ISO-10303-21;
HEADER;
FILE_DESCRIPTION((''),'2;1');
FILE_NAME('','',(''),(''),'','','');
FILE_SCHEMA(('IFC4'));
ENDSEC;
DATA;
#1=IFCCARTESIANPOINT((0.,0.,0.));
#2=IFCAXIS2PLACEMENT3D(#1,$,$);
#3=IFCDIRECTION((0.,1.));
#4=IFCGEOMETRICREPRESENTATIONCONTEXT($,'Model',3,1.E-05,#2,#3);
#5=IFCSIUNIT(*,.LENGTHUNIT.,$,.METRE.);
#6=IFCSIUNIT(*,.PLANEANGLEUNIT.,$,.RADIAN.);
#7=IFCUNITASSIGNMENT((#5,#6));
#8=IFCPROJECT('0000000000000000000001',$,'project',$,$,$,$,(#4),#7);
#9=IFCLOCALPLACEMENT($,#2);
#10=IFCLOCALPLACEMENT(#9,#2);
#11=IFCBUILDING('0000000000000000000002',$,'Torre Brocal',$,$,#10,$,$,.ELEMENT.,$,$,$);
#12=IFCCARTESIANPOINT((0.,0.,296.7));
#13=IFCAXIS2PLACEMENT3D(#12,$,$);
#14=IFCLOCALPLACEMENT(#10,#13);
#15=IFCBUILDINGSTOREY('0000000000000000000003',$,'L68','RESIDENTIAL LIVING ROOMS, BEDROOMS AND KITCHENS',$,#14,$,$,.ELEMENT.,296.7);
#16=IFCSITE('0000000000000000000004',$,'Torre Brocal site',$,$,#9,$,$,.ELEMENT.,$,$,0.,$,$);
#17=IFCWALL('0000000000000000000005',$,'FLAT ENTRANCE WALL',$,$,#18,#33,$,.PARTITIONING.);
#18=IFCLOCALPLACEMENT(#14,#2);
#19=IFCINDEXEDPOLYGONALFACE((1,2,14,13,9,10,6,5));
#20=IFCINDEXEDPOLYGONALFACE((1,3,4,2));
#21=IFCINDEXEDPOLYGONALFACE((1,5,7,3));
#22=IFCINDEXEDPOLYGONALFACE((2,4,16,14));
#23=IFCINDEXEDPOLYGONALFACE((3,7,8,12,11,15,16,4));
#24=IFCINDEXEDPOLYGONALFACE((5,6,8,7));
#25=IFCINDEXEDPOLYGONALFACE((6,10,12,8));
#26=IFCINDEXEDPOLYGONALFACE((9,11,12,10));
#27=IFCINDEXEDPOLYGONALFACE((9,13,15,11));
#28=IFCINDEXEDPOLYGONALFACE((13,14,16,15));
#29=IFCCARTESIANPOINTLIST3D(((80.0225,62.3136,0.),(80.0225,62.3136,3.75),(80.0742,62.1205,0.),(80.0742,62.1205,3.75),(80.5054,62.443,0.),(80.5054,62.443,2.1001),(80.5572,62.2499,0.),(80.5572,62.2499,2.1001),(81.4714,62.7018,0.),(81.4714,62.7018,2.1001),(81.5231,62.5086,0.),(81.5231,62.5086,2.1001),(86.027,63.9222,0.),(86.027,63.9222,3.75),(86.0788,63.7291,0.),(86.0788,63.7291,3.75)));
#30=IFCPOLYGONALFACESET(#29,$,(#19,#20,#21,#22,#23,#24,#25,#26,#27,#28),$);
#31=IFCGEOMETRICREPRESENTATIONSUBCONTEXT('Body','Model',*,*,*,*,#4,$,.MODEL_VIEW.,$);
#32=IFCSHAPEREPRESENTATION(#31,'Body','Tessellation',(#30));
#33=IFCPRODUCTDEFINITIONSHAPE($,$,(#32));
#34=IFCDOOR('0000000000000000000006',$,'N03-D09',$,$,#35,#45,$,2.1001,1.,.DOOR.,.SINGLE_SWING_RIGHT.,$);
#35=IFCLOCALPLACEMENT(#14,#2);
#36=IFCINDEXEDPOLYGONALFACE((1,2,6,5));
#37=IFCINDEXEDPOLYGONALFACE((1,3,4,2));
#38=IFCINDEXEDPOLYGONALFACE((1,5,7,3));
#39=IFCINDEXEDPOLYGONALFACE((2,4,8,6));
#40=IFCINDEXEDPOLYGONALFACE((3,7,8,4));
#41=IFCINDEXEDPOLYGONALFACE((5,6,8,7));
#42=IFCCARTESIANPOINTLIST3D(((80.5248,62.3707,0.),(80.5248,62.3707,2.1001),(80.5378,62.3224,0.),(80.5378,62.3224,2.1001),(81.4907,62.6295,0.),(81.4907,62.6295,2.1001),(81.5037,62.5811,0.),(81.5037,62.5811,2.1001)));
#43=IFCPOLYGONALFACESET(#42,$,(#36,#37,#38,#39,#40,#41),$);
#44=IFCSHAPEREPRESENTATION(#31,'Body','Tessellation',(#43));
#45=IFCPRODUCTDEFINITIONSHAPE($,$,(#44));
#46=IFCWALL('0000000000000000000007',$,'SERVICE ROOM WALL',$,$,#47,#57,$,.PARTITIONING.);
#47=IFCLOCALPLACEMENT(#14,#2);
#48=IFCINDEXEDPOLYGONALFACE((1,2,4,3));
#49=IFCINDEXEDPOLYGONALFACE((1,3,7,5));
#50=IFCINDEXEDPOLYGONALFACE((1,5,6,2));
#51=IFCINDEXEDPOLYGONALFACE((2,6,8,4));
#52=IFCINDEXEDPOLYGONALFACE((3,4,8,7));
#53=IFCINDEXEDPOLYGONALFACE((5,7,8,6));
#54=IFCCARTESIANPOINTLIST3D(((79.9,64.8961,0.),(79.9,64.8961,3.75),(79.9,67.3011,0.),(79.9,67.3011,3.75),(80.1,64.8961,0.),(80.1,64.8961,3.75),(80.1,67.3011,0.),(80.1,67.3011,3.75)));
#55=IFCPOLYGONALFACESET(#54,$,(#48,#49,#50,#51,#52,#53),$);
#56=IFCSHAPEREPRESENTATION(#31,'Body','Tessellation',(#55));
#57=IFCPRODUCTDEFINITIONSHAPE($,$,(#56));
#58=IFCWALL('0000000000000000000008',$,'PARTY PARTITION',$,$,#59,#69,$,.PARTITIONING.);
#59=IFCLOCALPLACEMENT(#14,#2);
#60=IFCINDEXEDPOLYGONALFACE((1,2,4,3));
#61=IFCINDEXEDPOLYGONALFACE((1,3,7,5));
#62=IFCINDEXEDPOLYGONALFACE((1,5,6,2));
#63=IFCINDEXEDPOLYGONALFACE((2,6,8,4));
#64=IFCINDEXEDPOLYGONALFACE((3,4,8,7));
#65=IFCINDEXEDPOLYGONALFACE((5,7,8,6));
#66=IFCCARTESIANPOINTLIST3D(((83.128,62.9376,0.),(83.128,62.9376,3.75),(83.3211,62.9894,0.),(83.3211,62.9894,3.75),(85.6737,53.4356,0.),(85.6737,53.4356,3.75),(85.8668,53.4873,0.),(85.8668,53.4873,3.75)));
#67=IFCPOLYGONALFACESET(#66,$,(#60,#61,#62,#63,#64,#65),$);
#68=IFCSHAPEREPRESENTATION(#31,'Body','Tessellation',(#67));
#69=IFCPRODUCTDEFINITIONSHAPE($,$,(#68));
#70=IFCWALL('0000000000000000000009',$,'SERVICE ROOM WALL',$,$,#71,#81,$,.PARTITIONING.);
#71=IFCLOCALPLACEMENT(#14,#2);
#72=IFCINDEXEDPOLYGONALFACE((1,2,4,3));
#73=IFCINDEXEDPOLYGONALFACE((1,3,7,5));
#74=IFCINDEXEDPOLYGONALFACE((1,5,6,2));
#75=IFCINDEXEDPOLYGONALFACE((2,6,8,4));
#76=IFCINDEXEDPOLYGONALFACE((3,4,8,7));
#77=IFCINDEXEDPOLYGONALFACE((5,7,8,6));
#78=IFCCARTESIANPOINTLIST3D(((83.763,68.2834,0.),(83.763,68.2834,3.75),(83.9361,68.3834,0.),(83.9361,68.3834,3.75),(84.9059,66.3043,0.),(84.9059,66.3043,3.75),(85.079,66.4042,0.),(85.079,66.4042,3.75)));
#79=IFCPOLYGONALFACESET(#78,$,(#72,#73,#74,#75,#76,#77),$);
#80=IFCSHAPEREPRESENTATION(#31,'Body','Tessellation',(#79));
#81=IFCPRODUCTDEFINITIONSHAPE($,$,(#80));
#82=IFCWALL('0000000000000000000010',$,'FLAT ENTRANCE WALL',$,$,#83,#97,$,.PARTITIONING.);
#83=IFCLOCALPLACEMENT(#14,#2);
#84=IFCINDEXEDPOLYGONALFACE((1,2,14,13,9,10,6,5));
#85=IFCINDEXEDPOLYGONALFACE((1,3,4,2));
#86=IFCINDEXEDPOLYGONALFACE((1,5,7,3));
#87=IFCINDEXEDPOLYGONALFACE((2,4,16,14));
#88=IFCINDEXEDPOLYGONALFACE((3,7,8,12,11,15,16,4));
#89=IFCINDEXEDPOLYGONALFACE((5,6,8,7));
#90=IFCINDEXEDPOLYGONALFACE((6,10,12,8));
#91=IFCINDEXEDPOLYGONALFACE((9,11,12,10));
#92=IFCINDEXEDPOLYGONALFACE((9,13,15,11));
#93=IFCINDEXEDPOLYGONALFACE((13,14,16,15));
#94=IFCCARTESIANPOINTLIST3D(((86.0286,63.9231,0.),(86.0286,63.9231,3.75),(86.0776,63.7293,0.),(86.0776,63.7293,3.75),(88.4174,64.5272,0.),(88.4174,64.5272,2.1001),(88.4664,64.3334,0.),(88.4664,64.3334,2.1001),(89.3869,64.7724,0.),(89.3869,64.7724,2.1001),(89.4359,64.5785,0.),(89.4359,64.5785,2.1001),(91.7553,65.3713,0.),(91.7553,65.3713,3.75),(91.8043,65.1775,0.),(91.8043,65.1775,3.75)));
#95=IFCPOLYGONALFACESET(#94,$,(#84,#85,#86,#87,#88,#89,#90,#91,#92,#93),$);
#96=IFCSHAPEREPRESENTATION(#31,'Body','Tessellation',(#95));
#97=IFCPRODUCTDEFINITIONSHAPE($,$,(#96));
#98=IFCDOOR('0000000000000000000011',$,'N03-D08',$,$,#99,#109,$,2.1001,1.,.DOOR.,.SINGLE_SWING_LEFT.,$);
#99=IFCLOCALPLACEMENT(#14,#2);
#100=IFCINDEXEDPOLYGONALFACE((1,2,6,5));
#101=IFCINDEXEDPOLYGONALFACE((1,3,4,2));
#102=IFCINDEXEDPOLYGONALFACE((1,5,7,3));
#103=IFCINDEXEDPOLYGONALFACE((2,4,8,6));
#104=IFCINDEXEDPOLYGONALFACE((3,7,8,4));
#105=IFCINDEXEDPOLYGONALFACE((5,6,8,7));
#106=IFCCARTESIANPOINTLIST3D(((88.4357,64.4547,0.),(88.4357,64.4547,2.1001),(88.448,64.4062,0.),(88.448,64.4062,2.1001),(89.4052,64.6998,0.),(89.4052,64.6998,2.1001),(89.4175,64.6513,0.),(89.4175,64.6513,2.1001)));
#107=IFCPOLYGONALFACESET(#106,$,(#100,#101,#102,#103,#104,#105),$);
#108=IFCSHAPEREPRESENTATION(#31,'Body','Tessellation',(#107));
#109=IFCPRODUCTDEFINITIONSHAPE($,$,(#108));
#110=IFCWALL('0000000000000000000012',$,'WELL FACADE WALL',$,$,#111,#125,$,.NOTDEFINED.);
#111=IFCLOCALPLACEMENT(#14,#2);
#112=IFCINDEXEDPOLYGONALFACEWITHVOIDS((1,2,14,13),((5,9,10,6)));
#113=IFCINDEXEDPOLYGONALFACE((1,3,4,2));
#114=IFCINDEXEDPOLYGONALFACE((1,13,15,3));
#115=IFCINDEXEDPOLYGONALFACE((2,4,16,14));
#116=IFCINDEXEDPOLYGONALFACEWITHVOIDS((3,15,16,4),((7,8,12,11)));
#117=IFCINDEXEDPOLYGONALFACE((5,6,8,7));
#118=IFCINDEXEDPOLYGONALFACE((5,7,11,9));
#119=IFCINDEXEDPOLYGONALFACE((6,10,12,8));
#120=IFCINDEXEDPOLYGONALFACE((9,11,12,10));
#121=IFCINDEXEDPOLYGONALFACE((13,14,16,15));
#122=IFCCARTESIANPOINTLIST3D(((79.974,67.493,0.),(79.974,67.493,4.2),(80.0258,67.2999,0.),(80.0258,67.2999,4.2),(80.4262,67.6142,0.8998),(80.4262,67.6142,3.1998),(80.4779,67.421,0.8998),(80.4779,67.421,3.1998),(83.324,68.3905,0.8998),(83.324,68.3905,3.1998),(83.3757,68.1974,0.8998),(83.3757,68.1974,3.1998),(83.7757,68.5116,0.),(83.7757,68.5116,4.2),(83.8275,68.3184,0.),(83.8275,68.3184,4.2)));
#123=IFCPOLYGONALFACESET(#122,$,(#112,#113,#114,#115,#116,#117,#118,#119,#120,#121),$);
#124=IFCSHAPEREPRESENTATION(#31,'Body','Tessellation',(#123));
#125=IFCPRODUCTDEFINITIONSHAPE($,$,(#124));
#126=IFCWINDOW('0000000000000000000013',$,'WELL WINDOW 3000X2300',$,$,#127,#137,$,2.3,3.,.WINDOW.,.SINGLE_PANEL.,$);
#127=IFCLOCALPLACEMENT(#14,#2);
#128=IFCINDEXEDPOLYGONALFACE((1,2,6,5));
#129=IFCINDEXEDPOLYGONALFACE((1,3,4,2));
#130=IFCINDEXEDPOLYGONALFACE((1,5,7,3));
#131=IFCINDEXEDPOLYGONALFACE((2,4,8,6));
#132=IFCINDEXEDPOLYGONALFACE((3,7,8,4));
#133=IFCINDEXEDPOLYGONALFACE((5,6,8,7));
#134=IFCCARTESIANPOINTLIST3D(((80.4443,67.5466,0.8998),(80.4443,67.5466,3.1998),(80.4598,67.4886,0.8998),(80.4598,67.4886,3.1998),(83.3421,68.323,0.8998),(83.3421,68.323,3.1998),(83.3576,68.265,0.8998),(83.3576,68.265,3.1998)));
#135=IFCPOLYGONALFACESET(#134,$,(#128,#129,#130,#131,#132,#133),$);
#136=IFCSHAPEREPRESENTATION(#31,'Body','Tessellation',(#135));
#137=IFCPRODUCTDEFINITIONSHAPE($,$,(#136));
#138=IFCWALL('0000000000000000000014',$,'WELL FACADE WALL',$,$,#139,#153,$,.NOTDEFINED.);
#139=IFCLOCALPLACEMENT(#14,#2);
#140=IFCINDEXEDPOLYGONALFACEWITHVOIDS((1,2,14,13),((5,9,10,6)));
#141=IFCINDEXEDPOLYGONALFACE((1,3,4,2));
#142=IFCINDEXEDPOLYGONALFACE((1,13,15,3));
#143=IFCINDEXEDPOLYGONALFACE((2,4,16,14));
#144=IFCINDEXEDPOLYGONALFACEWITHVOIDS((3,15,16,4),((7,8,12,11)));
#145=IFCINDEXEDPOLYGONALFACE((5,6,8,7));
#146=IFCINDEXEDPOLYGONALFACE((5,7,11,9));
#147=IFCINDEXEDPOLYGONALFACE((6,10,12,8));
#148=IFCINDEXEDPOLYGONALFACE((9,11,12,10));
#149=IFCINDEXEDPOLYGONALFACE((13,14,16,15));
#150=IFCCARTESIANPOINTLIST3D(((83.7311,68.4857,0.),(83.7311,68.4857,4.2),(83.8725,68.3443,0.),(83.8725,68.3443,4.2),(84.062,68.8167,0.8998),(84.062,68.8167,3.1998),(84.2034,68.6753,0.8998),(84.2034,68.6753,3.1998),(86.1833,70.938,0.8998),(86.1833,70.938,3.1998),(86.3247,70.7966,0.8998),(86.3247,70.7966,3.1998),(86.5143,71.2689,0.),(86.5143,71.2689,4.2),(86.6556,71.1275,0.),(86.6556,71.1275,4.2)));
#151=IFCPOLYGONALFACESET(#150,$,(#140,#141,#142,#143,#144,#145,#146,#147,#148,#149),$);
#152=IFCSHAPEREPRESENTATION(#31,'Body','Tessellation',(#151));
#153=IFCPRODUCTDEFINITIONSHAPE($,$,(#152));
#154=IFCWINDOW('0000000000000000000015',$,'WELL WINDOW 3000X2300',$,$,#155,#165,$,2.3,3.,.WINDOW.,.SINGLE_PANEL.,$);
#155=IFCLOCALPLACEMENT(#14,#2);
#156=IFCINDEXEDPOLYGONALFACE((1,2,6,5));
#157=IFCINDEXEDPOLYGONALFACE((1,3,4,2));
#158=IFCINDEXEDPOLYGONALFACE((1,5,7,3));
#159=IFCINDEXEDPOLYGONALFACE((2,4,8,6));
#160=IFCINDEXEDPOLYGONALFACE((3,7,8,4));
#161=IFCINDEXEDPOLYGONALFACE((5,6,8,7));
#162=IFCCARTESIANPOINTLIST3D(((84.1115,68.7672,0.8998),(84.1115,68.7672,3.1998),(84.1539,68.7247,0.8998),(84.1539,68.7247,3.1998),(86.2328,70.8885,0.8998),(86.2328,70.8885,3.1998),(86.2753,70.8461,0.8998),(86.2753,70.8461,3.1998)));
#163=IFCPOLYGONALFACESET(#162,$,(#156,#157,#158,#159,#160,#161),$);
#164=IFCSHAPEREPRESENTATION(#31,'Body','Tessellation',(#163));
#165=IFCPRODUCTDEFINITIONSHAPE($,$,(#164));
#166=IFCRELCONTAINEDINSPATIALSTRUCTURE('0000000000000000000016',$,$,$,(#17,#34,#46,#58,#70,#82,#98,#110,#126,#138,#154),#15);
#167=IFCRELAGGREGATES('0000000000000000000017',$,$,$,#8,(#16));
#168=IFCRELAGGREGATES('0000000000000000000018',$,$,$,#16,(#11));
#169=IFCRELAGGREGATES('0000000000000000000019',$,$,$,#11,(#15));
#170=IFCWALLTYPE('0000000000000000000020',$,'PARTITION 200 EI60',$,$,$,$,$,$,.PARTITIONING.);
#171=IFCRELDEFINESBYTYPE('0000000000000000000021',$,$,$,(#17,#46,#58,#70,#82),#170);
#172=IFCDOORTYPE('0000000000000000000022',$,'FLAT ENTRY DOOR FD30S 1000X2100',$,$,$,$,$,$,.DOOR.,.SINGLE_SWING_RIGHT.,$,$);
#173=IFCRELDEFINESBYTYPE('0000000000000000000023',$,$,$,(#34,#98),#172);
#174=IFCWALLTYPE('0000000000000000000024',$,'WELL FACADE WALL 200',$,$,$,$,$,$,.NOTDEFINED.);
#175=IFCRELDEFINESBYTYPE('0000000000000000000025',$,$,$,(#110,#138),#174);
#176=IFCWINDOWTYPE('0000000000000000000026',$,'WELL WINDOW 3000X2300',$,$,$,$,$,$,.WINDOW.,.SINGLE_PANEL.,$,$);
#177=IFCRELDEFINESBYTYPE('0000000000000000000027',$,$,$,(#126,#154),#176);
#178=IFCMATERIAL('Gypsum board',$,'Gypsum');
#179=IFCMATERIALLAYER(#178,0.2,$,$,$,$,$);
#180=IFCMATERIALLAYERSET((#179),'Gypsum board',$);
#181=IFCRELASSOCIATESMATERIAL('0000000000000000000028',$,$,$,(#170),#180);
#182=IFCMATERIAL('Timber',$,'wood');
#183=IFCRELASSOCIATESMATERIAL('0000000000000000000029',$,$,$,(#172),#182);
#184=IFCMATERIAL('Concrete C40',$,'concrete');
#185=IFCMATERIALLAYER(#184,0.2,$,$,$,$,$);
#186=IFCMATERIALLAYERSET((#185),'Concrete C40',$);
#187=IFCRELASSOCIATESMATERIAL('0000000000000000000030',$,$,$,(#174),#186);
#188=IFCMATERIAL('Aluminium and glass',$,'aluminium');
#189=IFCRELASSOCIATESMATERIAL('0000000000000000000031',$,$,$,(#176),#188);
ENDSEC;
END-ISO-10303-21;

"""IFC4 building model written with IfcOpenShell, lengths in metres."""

from ifc_helpers import new_model, si_unit, direction, frame, frame_2d, origin, place, context, subcontext, project, spatial, rectangle, extrude, material, layer, layer_set, type_object, element, fill, save


model = new_model("IFC4")

# Units and contexts
model_context = context("Model", 3, precision=1e-05, world=origin(), true_north=direction((0.0, 1.0)))
body_context = subcontext(model_context, "Body", "Model", "MODEL_VIEW")
ifc_project = project(units=[si_unit("LENGTHUNIT", "METRE"), si_unit("PLANEANGLEUNIT", "RADIAN")], contexts=[model_context])

# Site, building, storey
site_placement = place(None, origin())
site = spatial("IfcSite", under=ifc_project, at=site_placement, Name="Torre Brocal site", CompositionType="ELEMENT", RefElevation=0.0)
building_placement = place(site_placement, origin())
building = spatial("IfcBuilding", under=site, at=building_placement, Name="Torre Brocal", CompositionType="ELEMENT")
storey_placement = place(building_placement, frame((0.0, 0.0, 296.7)))
storey = spatial("IfcBuildingStorey", under=building, at=storey_placement, Name="L68", Description="RESIDENTIAL LIVING ROOMS, BEDROOMS AND KITCHENS", CompositionType="ELEMENT", Elevation=296.7)

# Shared definitions
ifc_material_1 = material(Name="Gypsum board", Category="Gypsum")
ifc_layer_1 = layer(ifc_material_1, 0.2)
ifc_layer_set_1 = layer_set([ifc_layer_1], Name="Gypsum board")
wall_type_1 = type_object("IfcWallType", Name="PARTITION 200 EI60", PredefinedType="PARTITIONING", material=ifc_layer_set_1)

# Wall, opening, door
wall_1_placement = place(storey_placement, frame((80.0483, 62.217, 0.0), z_axis=(0.0, 0.0, 1.0), x_axis=(0.965938, 0.258775, 0.0)))
wall_1 = element("IfcWall", 1, at=wall_1_placement, inside=storey, type_object=wall_type_1, Name="FLAT ENTRANCE WALL", PredefinedType="PARTITIONING", context=body_context, shape_type="SweptSolid", body=[
    extrude(rectangle(XDim=6.2163, YDim=0.2, at=frame_2d((3.1082, 0.0))), origin(), (0.0, 0.0, 1.0), 3.75),
])
opening_1_placement = place(wall_1_placement, frame((0.5, 0.0, 0.0)))
opening_1 = element("IfcOpeningElement", 2, at=opening_1_placement, cuts=wall_1, PredefinedType="OPENING", context=body_context, shape_type="SweptSolid", body=[
    extrude(rectangle(XDim=1.0, YDim=2.1001, at=frame_2d((0.5, 1.05))), frame((0.0, 0.1099, 0.0), z_axis=(0.0, -1.0, 0.0), x_axis=(1.0, 0.0, 0.0)), (0.0, 0.0, 1.0), 0.22),
])
ifc_material_2 = material(Name="Timber", Category="wood")
door_type_1 = type_object("IfcDoorType", Name="FLAT ENTRY DOOR FD30S 1000X2100", OperationType="SINGLE_SWING_RIGHT", PredefinedType="DOOR", material=ifc_material_2)
door_1_placement = place(opening_1_placement, frame((1.0, 0.0, 0.0), z_axis=(0.0, 0.0, 1.0), x_axis=(-1.0, 0.0, 0.0)))
door_1 = element("IfcDoor", 3, at=door_1_placement, inside=storey, type_object=door_type_1, Name="N03-D09", OperationType="SINGLE_SWING_RIGHT", OverallHeight=2.1001, OverallWidth=1.0, PredefinedType="DOOR", context=body_context, shape_type="SweptSolid", body=[
    extrude(rectangle(XDim=1.0, YDim=2.1001, at=frame_2d((0.5, 1.05))), frame((0.0, 0.0249, 0.0), z_axis=(0.0, -1.0, 0.0), x_axis=(1.0, 0.0, 0.0)), (0.0, 0.0, 1.0), 0.05),
])
fill(opening_1, door_1)

# Walls
wall_2_placement = place(storey_placement, frame((80.0, 64.896, 0.0), z_axis=(0.0, 0.0, 1.0), x_axis=(0.0, 1.0, 0.0)))
element("IfcWall", 4, at=wall_2_placement, inside=storey, type_object=wall_type_1, Name="SERVICE ROOM WALL", PredefinedType="PARTITIONING", context=body_context, shape_type="SweptSolid", body=[
    extrude(rectangle(XDim=2.405, YDim=0.2, at=frame_2d((1.2026, 0.0))), origin(), (0.0, 0.0, 1.0), 3.75),
])
wall_3_placement = place(storey_placement, frame((83.2246, 62.9634, 0.0), z_axis=(0.0, 0.0, 1.0), x_axis=(0.258782, -0.965936, 0.0)))
element("IfcWall", 5, at=wall_3_placement, inside=storey, type_object=wall_type_1, Name="PARTY PARTITION", PredefinedType="PARTITIONING", context=body_context, shape_type="SweptSolid", body=[
    extrude(rectangle(XDim=9.8372, YDim=0.2, at=frame_2d((4.9185, 0.0))), origin(), (0.0, 0.0, 1.0), 3.75),
])
wall_4_placement = place(storey_placement, frame((83.8496, 68.3333, 0.0), z_axis=(0.0, 0.0, 1.0), x_axis=(0.50008, -0.865979, 0.0)))
element("IfcWall", 6, at=wall_4_placement, inside=storey, type_object=wall_type_1, Name="SERVICE ROOM WALL", PredefinedType="PARTITIONING", context=body_context, shape_type="SweptSolid", body=[
    extrude(rectangle(XDim=2.2854, YDim=0.2, at=frame_2d((1.1426, 0.0))), origin(), (0.0, 0.0, 1.0), 3.75),
])

# Wall, opening, door
wall_5_placement = place(storey_placement, frame((86.053, 63.8262, 0.0), z_axis=(0.0, 0.0, 1.0), x_axis=(0.96948, 0.24517, 0.0)))
wall_5 = element("IfcWall", 7, at=wall_5_placement, inside=storey, type_object=wall_type_1, Name="FLAT ENTRANCE WALL", PredefinedType="PARTITIONING", context=body_context, shape_type="SweptSolid", body=[
    extrude(rectangle(XDim=5.907, YDim=0.2, at=frame_2d((2.9536, 0.0))), origin(), (0.0, 0.0, 1.0), 3.75),
])
opening_2_placement = place(wall_5_placement, frame((2.4641, 0.0, 0.0)))
opening_2 = element("IfcOpeningElement", 8, at=opening_2_placement, cuts=wall_5, PredefinedType="OPENING", context=body_context, shape_type="SweptSolid", body=[
    extrude(rectangle(XDim=1.0, YDim=2.1001, at=frame_2d((0.5, 1.05))), frame((0.0, 0.1099, 0.0), z_axis=(0.0, -1.0, 0.0), x_axis=(1.0, 0.0, 0.0)), (0.0, 0.0, 1.0), 0.22),
])
door_2_placement = place(opening_2_placement, frame((1.0, 0.0, 0.0), z_axis=(0.0, 0.0, 1.0), x_axis=(-1.0, 0.0, 0.0)))
door_2 = element("IfcDoor", 9, at=door_2_placement, inside=storey, type_object=door_type_1, Name="N03-D08", OperationType="SINGLE_SWING_LEFT", OverallHeight=2.1001, OverallWidth=1.0, PredefinedType="DOOR", context=body_context, shape_type="SweptSolid", body=[
    extrude(rectangle(XDim=1.0, YDim=2.1001, at=frame_2d((0.5, 1.05))), frame((0.0, 0.0249, 0.0), z_axis=(0.0, -1.0, 0.0), x_axis=(1.0, 0.0, 0.0)), (0.0, 0.0, 1.0), 0.05),
])
fill(opening_2, door_2)

# Walls, openings, windows
ifc_material_3 = material(Name="Concrete C40", Category="concrete")
ifc_layer_2 = layer(ifc_material_3, 0.2)
ifc_layer_set_2 = layer_set([ifc_layer_2], Name="Concrete C40")
wall_type_2 = type_object("IfcWallType", Name="WELL FACADE WALL 200", PredefinedType="NOTDEFINED", material=ifc_layer_set_2)
wall_6_placement = place(storey_placement, frame((80.0, 67.3965, 0.0), z_axis=(0.0, 0.0, 1.0), x_axis=(0.965934, 0.25879, 0.0)))
wall_6 = element("IfcWall", 10, at=wall_6_placement, inside=storey, type_object=wall_type_2, Name="WELL FACADE WALL", PredefinedType="NOTDEFINED", context=body_context, shape_type="SweptSolid", body=[
    extrude(rectangle(XDim=3.9358, YDim=0.2, at=frame_2d((1.9678, 0.0))), origin(), (0.0, 0.0, 1.0), 4.2),
])
opening_3_placement = place(wall_6_placement, frame((0.468, 0.0, 0.8999)))
opening_3 = element("IfcOpeningElement", 11, at=opening_3_placement, cuts=wall_6, PredefinedType="OPENING", context=body_context, shape_type="SweptSolid", body=[
    extrude(rectangle(XDim=3.0, YDim=2.3, at=frame_2d((1.5, 1.1499))), frame((0.0, 0.1099, 0.0), z_axis=(0.0, -1.0, 0.0), x_axis=(1.0, 0.0, 0.0)), (0.0, 0.0, 1.0), 0.22),
])
ifc_material_4 = material(Name="Aluminium and glass", Category="aluminium")
window_type = type_object("IfcWindowType", Name="WELL WINDOW 3000X2300", PartitioningType="SINGLE_PANEL", PredefinedType="WINDOW", material=ifc_material_4)
window_1_placement = place(opening_3_placement, origin())
window_1 = element("IfcWindow", 12, at=window_1_placement, inside=storey, type_object=window_type, Name="WELL WINDOW 3000X2300", OverallHeight=2.3, OverallWidth=3.0, PartitioningType="SINGLE_PANEL", PredefinedType="WINDOW", context=body_context, shape_type="SweptSolid", body=[
    extrude(rectangle(XDim=3.0, YDim=2.3, at=frame_2d((1.5, 1.1499))), frame((0.0, 0.03, 0.0), z_axis=(0.0, -1.0, 0.0), x_axis=(1.0, 0.0, 0.0)), (0.0, 0.0, 1.0), 0.0601),
])
fill(opening_3, window_1)
wall_7_placement = place(storey_placement, frame((83.8018, 68.415, 0.0), z_axis=(0.0, 0.0, 1.0), x_axis=(0.707107, 0.707107, 0.0)))
wall_7 = element("IfcWall", 13, at=wall_7_placement, inside=storey, type_object=wall_type_2, Name="WELL FACADE WALL", PredefinedType="NOTDEFINED", context=body_context, shape_type="SweptSolid", body=[
    extrude(rectangle(XDim=3.936, YDim=0.2, at=frame_2d((1.968, 0.0))), origin(), (0.0, 0.0, 1.0), 4.2),
])
opening_4_placement = place(wall_7_placement, frame((0.468, 0.0, 0.8999)))
opening_4 = element("IfcOpeningElement", 14, at=opening_4_placement, cuts=wall_7, PredefinedType="OPENING", context=body_context, shape_type="SweptSolid", body=[
    extrude(rectangle(XDim=3.0, YDim=2.3, at=frame_2d((1.5, 1.1499))), frame((0.0, 0.1099, 0.0), z_axis=(0.0, -1.0, 0.0), x_axis=(1.0, 0.0, 0.0)), (0.0, 0.0, 1.0), 0.22),
])
window_2_placement = place(opening_4_placement, origin())
window_2 = element("IfcWindow", 15, at=window_2_placement, inside=storey, type_object=window_type, Name="WELL WINDOW 3000X2300", OverallHeight=2.3, OverallWidth=3.0, PartitioningType="SINGLE_PANEL", PredefinedType="WINDOW", context=body_context, shape_type="SweptSolid", body=[
    extrude(rectangle(XDim=3.0, YDim=2.3, at=frame_2d((1.5, 1.1499))), frame((0.0, 0.03, 0.0), z_axis=(0.0, -1.0, 0.0), x_axis=(1.0, 0.0, 0.0)), (0.0, 0.0, 1.0), 0.0601),
])
fill(opening_4, window_2)

save(model, "model.ifc")
